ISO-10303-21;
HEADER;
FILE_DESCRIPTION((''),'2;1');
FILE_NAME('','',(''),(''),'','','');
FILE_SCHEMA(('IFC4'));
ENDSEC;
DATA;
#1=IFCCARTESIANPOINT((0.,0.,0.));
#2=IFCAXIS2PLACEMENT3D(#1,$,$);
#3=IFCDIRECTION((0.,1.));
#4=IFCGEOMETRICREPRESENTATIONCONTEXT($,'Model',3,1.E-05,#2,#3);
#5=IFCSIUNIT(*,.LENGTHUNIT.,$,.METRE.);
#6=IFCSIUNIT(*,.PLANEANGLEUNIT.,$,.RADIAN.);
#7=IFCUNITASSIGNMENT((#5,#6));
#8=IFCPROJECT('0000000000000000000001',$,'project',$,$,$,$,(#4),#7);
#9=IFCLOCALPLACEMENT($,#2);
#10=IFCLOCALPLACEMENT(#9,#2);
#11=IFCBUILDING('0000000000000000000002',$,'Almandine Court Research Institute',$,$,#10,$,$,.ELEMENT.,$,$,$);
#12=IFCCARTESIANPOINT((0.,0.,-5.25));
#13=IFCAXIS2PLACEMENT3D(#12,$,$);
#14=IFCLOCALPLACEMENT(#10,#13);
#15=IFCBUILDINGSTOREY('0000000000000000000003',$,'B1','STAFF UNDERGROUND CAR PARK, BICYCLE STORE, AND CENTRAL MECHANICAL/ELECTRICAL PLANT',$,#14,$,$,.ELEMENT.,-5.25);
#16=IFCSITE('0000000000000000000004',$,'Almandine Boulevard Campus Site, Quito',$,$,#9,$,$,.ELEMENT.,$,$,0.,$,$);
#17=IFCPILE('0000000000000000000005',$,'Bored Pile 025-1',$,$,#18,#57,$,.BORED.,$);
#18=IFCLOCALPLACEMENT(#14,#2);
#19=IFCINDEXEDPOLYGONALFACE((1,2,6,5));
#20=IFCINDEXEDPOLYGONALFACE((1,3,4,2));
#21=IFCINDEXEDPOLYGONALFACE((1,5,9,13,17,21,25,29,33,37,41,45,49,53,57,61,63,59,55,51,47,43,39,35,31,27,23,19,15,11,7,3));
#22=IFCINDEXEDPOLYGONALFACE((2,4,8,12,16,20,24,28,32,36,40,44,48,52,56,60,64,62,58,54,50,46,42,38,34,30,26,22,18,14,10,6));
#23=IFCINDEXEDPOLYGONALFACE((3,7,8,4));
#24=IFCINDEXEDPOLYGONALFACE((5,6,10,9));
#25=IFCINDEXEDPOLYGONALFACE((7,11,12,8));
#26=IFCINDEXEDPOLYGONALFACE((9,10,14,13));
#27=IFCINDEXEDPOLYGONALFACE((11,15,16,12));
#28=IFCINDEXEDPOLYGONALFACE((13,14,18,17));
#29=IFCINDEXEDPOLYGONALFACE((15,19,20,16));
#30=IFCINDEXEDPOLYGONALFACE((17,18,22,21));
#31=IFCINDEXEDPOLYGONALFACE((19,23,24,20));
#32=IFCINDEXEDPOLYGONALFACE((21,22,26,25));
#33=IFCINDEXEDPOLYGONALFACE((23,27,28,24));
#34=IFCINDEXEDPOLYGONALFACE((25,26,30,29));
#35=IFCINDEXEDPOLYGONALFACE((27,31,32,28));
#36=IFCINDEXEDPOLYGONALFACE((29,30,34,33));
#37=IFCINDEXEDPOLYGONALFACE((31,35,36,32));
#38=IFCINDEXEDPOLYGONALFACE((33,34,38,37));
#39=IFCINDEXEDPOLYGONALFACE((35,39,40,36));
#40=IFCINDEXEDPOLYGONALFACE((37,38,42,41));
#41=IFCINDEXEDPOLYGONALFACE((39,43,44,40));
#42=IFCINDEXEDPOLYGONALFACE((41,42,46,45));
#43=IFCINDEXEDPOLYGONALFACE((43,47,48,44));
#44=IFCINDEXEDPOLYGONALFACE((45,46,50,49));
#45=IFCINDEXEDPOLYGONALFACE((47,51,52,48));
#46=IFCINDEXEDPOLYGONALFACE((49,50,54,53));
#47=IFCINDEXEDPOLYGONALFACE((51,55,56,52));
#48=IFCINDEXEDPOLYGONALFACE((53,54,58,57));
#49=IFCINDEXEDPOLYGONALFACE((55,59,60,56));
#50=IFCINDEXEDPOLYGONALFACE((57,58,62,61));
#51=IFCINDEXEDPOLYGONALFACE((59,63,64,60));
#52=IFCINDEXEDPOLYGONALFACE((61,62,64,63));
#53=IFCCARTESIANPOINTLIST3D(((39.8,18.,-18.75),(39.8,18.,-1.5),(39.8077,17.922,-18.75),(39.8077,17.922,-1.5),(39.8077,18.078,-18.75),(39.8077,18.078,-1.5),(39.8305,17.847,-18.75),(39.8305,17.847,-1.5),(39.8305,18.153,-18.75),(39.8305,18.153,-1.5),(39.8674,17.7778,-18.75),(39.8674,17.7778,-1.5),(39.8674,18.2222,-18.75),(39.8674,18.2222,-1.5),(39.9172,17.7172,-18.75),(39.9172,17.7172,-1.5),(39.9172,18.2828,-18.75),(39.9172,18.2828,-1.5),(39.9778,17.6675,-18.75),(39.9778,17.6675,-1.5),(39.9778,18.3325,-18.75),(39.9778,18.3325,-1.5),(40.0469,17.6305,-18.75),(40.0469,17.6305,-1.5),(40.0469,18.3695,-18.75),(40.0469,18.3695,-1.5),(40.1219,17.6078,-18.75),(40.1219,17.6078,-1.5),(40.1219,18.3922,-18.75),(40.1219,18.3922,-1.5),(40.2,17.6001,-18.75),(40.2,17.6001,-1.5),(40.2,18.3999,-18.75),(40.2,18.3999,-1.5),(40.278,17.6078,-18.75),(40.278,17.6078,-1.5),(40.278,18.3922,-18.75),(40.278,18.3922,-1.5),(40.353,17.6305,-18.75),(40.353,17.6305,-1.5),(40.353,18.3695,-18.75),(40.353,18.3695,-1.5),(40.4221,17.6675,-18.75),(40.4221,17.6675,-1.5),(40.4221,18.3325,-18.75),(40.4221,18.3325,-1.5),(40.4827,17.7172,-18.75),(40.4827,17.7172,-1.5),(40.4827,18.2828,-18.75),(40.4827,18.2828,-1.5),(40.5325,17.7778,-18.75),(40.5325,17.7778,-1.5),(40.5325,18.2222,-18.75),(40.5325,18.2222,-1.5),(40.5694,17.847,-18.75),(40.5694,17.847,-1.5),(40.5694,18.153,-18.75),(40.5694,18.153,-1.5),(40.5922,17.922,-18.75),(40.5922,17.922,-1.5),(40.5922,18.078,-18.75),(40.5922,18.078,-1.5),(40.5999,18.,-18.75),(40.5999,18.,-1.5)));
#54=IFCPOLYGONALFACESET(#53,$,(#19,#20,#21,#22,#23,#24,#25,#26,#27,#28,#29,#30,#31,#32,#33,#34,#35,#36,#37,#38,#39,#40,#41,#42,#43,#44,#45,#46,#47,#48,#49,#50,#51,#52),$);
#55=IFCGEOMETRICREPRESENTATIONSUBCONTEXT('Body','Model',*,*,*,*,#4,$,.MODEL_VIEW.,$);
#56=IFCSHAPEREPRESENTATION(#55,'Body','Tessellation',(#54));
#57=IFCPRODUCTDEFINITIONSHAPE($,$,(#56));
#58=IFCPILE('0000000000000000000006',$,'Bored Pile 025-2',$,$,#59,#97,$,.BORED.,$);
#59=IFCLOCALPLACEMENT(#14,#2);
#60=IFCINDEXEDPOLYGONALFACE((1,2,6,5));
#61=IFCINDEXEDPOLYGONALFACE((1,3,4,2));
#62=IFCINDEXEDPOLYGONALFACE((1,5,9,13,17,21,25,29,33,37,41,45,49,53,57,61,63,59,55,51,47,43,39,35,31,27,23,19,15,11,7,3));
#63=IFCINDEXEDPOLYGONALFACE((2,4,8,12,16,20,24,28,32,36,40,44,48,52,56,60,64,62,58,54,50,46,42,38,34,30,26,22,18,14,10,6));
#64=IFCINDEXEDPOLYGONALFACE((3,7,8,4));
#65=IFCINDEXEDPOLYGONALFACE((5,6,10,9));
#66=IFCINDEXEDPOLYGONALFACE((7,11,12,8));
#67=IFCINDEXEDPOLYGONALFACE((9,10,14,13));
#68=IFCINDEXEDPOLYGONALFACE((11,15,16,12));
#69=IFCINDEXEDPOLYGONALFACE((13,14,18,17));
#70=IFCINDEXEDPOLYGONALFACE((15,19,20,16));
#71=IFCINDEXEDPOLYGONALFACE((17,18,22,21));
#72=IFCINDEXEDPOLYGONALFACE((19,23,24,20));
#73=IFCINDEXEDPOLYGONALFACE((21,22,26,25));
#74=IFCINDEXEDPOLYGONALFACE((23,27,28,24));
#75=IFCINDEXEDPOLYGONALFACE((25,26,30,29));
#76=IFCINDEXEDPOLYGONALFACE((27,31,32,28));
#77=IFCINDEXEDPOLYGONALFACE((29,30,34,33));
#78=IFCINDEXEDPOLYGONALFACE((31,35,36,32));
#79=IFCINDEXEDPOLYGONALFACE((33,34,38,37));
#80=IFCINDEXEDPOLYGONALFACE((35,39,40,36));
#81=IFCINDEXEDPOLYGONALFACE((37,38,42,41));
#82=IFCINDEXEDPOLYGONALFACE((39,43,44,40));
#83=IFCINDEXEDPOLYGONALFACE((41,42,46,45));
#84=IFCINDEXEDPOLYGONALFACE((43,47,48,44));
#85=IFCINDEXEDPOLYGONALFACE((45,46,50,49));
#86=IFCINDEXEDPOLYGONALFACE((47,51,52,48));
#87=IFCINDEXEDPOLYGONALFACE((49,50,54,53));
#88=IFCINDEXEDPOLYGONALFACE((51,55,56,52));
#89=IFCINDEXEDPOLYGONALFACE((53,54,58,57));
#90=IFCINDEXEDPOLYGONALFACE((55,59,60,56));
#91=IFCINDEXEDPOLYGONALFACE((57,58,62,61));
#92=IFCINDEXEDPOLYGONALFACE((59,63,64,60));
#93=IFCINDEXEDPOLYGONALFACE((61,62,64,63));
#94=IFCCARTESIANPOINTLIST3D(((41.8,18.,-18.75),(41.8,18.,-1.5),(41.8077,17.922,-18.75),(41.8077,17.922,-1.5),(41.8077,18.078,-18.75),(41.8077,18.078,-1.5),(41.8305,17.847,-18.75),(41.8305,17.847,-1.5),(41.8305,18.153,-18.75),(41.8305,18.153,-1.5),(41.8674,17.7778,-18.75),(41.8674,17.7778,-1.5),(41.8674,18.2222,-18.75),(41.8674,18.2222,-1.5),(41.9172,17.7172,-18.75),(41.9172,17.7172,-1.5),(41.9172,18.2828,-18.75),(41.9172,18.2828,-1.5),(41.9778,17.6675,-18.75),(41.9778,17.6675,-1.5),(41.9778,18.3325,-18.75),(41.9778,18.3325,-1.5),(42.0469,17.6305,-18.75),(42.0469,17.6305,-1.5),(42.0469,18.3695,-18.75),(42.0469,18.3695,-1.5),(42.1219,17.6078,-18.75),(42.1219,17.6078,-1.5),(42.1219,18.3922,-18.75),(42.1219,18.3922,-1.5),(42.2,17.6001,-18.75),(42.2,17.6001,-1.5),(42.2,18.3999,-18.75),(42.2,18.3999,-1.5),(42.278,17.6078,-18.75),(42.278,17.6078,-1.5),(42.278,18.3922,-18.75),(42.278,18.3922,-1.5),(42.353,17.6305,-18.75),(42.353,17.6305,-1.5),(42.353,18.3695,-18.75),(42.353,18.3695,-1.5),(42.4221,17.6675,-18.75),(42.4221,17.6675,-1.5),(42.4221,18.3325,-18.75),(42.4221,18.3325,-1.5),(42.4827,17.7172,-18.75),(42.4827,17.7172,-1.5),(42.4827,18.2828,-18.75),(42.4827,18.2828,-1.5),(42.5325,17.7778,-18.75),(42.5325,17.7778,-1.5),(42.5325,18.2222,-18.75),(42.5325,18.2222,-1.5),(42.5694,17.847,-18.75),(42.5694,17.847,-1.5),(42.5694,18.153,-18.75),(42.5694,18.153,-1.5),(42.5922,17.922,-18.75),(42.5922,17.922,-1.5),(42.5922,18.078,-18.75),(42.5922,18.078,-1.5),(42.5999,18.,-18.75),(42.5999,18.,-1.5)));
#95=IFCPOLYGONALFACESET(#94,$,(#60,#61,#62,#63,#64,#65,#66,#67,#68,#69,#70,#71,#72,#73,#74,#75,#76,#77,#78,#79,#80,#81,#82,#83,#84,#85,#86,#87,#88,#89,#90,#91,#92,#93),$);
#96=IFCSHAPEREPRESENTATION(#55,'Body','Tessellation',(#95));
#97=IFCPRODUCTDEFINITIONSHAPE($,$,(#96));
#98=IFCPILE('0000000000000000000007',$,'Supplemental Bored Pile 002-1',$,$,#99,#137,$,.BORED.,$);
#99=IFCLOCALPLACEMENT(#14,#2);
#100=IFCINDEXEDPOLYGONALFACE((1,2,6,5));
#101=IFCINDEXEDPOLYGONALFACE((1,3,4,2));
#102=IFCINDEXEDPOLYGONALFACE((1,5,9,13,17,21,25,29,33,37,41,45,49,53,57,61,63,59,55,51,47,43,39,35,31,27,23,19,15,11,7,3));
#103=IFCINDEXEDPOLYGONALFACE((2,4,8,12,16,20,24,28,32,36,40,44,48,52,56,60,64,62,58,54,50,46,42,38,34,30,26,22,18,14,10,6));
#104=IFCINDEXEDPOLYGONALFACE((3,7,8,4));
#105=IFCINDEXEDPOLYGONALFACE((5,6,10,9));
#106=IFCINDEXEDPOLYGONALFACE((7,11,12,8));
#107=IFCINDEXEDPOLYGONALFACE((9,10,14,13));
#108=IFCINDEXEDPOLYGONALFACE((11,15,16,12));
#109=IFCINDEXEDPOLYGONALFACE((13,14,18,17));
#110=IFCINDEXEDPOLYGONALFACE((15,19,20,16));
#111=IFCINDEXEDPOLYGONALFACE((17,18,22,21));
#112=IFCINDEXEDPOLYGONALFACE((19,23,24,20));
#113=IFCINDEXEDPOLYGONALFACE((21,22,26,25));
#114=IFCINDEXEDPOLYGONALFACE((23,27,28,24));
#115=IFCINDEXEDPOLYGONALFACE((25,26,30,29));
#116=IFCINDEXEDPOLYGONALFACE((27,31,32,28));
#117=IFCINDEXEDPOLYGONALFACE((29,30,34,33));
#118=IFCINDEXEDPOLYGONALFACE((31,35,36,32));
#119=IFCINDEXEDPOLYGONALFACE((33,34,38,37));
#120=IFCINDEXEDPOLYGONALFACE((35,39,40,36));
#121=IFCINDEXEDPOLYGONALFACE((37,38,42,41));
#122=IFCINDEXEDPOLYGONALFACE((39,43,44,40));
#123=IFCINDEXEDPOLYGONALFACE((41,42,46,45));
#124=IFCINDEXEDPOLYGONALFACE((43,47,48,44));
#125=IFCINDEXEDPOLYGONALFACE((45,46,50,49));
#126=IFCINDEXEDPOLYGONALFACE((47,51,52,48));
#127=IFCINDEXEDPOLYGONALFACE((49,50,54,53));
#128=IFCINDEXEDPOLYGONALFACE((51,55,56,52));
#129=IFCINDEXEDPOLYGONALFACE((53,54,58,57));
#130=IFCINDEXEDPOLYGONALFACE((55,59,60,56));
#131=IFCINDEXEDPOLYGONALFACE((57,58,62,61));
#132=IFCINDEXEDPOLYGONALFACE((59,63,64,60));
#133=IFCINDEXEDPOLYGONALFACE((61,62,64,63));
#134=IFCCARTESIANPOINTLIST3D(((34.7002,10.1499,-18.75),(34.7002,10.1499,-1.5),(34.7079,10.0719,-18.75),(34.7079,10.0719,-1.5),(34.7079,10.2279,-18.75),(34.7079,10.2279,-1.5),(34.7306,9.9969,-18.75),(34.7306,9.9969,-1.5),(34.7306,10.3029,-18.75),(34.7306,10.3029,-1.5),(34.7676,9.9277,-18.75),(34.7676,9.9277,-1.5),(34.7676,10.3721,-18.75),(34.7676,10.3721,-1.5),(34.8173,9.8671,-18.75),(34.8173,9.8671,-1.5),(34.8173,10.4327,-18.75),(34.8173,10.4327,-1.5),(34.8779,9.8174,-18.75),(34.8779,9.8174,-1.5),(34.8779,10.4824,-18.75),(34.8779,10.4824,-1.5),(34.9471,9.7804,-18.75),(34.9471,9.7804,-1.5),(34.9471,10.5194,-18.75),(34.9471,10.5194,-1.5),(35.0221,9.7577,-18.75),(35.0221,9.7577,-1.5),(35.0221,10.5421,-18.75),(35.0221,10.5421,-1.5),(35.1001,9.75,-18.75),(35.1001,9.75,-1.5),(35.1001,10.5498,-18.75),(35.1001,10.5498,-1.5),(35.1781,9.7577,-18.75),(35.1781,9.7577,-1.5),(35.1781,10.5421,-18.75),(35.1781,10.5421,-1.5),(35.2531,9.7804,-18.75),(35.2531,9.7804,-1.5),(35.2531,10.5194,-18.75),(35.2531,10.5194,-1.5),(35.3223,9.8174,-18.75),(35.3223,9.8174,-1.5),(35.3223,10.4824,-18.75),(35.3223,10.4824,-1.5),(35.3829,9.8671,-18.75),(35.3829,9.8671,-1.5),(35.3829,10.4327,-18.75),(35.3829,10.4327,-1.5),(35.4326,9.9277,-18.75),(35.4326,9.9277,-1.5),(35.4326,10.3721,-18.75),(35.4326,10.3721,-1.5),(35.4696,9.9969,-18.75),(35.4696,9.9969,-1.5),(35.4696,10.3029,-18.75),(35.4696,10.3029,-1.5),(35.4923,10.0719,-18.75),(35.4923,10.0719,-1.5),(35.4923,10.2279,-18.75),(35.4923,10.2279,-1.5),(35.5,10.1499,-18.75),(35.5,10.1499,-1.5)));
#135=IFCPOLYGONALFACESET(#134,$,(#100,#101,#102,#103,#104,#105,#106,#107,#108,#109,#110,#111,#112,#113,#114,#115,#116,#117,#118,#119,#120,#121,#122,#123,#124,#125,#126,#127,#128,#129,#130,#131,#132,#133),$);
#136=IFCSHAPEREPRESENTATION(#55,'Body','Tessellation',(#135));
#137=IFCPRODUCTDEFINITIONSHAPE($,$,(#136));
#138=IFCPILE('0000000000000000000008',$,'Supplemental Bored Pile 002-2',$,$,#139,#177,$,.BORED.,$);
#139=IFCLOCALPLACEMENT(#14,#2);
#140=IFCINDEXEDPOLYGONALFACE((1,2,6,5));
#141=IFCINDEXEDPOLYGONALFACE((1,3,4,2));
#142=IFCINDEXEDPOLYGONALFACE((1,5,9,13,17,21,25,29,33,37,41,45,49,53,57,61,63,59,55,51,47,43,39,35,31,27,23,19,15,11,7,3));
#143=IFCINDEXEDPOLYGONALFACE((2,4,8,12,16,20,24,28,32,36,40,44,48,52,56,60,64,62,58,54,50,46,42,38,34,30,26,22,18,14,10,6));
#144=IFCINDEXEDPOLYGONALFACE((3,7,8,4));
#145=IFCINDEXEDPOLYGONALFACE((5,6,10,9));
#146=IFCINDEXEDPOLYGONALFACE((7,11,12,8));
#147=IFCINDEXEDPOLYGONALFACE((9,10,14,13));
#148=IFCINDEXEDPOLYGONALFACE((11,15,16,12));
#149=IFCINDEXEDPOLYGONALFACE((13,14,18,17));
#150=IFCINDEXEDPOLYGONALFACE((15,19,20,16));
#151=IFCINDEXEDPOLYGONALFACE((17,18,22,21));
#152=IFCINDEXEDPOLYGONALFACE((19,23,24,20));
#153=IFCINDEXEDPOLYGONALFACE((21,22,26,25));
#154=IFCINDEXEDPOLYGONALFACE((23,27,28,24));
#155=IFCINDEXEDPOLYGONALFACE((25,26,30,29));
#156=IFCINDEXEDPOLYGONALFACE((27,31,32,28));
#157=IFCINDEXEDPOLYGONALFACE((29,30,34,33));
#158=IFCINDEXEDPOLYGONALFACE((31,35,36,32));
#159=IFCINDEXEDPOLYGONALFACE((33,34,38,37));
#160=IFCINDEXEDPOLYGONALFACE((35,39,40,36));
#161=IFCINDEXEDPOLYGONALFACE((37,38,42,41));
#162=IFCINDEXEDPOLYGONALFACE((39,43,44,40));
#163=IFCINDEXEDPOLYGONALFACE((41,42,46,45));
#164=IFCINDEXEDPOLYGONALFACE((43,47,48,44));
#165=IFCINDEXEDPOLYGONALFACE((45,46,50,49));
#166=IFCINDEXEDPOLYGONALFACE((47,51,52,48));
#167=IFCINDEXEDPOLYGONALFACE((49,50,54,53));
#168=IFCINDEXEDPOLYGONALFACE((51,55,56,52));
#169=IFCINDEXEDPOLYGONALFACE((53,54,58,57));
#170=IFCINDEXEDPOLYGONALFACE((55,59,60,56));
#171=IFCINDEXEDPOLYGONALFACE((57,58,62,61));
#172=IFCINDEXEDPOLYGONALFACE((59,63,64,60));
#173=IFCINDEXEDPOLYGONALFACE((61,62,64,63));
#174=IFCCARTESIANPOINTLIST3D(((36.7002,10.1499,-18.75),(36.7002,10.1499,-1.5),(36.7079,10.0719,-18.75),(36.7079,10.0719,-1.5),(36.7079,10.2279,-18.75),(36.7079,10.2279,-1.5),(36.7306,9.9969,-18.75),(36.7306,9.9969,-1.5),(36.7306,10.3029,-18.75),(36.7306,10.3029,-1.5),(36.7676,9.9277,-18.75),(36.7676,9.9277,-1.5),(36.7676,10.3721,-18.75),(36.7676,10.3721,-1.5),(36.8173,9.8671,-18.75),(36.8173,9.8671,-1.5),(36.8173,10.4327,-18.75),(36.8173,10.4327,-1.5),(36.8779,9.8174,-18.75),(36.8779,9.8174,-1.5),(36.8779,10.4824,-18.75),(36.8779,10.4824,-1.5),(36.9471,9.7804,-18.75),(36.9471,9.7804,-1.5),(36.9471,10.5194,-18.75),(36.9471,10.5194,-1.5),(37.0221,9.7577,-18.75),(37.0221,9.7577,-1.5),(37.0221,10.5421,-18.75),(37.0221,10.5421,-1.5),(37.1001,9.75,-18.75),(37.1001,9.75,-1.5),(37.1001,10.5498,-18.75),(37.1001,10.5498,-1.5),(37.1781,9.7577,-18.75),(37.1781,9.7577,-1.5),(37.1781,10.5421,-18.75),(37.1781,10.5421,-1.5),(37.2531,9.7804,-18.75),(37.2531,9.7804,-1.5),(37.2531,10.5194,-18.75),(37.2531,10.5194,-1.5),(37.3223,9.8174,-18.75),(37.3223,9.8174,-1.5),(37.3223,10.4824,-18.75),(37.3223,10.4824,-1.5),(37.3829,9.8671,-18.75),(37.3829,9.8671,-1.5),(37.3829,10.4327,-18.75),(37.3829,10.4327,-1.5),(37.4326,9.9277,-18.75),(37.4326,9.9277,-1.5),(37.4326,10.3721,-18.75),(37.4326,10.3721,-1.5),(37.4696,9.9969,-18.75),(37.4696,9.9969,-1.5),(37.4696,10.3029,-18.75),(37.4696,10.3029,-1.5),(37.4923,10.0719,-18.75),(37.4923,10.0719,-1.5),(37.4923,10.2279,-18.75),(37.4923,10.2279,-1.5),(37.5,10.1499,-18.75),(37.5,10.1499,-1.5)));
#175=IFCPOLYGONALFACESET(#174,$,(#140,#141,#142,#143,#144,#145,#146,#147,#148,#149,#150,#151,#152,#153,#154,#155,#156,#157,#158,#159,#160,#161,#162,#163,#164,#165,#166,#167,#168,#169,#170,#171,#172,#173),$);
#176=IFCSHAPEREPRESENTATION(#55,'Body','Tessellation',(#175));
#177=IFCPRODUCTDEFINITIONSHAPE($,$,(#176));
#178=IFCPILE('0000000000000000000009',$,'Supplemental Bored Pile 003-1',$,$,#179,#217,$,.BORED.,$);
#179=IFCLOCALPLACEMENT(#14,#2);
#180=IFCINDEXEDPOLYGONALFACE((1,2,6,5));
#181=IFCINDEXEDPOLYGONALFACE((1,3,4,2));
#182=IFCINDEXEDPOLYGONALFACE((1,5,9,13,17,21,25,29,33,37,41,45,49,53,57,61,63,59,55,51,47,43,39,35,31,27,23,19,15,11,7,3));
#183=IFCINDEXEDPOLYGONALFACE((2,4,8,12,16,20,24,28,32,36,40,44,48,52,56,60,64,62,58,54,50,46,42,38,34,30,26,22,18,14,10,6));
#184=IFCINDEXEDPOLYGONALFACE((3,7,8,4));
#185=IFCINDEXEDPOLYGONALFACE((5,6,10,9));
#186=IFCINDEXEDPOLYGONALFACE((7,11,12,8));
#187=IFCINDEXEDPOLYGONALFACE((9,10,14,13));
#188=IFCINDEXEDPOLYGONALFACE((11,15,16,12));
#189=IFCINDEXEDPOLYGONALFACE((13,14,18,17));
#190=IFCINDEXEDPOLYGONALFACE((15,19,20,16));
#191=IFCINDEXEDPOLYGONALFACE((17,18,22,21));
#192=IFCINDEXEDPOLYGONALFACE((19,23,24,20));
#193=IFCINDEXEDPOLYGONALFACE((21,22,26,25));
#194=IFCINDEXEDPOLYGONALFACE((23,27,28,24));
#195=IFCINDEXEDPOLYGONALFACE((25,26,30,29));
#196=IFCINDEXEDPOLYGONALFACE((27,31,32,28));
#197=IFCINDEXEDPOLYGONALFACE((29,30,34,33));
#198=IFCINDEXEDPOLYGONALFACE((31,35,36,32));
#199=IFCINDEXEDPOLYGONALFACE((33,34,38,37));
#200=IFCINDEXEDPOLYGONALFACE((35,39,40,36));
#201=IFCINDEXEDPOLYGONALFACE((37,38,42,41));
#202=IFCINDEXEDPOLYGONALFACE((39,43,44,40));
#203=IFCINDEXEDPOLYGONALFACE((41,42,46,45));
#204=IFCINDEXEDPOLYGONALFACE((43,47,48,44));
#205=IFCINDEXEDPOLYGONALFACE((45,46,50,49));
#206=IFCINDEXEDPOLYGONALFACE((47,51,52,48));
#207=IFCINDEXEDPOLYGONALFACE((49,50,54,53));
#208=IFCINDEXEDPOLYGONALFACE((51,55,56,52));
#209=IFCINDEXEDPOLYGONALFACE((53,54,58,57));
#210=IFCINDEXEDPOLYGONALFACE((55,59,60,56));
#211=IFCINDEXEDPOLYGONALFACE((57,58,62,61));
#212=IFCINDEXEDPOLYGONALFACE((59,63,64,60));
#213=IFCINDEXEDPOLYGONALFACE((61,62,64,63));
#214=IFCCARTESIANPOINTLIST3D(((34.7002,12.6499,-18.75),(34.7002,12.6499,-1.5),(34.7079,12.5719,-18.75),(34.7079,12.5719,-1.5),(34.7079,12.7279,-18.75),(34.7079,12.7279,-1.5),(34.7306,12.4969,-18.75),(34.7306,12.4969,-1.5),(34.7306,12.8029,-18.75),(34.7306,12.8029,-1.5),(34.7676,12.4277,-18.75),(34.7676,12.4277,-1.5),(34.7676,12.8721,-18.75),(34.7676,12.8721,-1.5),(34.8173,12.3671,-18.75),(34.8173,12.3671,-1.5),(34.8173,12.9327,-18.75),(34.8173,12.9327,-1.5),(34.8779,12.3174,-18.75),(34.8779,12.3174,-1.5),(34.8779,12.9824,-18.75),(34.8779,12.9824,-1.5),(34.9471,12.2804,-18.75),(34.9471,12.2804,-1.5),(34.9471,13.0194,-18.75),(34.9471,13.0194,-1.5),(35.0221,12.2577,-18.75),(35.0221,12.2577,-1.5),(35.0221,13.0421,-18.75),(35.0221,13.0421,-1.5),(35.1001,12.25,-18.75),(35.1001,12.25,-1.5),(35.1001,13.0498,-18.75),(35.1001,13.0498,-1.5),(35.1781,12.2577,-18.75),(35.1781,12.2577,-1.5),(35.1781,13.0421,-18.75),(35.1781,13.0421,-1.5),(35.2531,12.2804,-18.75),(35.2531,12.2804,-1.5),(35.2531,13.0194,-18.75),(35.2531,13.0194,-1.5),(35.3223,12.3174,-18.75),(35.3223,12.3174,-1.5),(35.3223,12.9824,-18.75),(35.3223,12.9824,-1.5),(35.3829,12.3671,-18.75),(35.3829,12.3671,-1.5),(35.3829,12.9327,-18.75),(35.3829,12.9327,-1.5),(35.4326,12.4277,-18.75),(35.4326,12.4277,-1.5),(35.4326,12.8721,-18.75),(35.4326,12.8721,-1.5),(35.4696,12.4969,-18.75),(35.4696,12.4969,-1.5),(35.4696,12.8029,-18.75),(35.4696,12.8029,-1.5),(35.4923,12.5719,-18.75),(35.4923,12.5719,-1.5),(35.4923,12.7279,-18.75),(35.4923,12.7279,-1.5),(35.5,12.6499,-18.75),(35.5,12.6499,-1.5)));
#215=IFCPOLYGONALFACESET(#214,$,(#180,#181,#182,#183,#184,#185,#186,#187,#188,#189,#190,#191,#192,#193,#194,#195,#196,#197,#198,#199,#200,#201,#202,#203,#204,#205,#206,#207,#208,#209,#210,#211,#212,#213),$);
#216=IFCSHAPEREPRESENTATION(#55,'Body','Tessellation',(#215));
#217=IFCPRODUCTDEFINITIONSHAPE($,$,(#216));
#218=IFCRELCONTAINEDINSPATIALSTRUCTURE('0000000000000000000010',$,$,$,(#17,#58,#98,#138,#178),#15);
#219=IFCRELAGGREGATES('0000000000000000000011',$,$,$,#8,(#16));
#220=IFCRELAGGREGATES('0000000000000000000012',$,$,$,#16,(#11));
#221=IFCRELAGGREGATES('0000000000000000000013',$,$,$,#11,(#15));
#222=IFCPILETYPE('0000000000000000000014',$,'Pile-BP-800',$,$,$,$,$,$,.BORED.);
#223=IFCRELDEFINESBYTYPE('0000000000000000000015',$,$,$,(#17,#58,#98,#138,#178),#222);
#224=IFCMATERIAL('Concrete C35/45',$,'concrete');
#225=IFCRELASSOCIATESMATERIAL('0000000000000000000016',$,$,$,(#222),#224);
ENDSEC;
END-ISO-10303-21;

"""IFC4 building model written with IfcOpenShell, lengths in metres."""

from ifc_helpers import new_model, si_unit, direction, frame, origin, origin_2d, place, context, subcontext, project, spatial, circle, extrude, material, material_profile, profile_set, type_object, element, save


model = new_model("IFC4")

# Units and contexts
model_context = context("Model", 3, precision=1e-05, world=origin(), true_north=direction((0.0, 1.0)))
body_context = subcontext(model_context, "Body", "Model", "MODEL_VIEW")
ifc_project = project(units=[si_unit("LENGTHUNIT", "METRE"), si_unit("PLANEANGLEUNIT", "RADIAN")], contexts=[model_context])

# Site, building, storey
site_placement = place(None, origin())
site = spatial("IfcSite", under=ifc_project, at=site_placement, Name="Almandine Boulevard Campus Site, Quito", CompositionType="ELEMENT", RefElevation=0.0)
building_placement = place(site_placement, origin())
building = spatial("IfcBuilding", under=site, at=building_placement, Name="Almandine Court Research Institute", CompositionType="ELEMENT")
storey_placement = place(building_placement, frame((0.0, 0.0, -5.25)))
storey = spatial("IfcBuildingStorey", under=building, at=storey_placement, Name="B1", Description="STAFF UNDERGROUND CAR PARK, BICYCLE STORE, AND CENTRAL MECHANICAL/ELECTRICAL PLANT", CompositionType="ELEMENT", Elevation=-5.25)

# Shared definitions
ifc_material_1 = material(Name="Concrete C35/45", Category="concrete")

# Piles
ifc_material_profile_1 = material_profile(ifc_material_1, circle(Radius=0.3999, at=origin_2d()), Name="BORED PILE D800")
ifc_profile_set_1 = profile_set([ifc_material_profile_1], Name="Concrete C35/45")
pile_type = type_object("IfcPileType", Name="Pile-BP-800", PredefinedType="BORED", material=ifc_profile_set_1)
for number, where, z_axis, x_axis, name in (
    (1, (40.2, 18.0, -1.5), (0.0, 0.0, -1.0), (1.0, 0.0, 0.0), "Bored Pile 025-1"),
    (2, (42.2, 18.0, -1.5), (0.0, 0.0, -1.0), (1.0, 0.0, 0.0), "Bored Pile 025-2"),
    (3, (35.1001, 10.1499, -1.5), (0.0, 0.0, -1.0), (1.0, 0.0, 0.0), "Supplemental Bored Pile 002-1"),
    (4, (37.1001, 10.1499, -1.5), (0.0, 0.0, -1.0), (1.0, 0.0, 0.0), "Supplemental Bored Pile 002-2"),
    (5, (35.1001, 12.6499, -1.5), (0.0, 0.0, -1.0), (1.0, 0.0, 0.0), "Supplemental Bored Pile 003-1"),
):
    element("IfcPile", number, at=place(storey_placement, frame(where, z_axis=z_axis, x_axis=x_axis)), inside=storey, type_object=pile_type, Name=name, PredefinedType="BORED", context=body_context, shape_type="SweptSolid", body=[
        extrude(circle(Radius=0.3999, at=origin_2d()), origin(), (0.0, 0.0, 1.0), 17.25),
    ])

save(model, "model.ifc")
